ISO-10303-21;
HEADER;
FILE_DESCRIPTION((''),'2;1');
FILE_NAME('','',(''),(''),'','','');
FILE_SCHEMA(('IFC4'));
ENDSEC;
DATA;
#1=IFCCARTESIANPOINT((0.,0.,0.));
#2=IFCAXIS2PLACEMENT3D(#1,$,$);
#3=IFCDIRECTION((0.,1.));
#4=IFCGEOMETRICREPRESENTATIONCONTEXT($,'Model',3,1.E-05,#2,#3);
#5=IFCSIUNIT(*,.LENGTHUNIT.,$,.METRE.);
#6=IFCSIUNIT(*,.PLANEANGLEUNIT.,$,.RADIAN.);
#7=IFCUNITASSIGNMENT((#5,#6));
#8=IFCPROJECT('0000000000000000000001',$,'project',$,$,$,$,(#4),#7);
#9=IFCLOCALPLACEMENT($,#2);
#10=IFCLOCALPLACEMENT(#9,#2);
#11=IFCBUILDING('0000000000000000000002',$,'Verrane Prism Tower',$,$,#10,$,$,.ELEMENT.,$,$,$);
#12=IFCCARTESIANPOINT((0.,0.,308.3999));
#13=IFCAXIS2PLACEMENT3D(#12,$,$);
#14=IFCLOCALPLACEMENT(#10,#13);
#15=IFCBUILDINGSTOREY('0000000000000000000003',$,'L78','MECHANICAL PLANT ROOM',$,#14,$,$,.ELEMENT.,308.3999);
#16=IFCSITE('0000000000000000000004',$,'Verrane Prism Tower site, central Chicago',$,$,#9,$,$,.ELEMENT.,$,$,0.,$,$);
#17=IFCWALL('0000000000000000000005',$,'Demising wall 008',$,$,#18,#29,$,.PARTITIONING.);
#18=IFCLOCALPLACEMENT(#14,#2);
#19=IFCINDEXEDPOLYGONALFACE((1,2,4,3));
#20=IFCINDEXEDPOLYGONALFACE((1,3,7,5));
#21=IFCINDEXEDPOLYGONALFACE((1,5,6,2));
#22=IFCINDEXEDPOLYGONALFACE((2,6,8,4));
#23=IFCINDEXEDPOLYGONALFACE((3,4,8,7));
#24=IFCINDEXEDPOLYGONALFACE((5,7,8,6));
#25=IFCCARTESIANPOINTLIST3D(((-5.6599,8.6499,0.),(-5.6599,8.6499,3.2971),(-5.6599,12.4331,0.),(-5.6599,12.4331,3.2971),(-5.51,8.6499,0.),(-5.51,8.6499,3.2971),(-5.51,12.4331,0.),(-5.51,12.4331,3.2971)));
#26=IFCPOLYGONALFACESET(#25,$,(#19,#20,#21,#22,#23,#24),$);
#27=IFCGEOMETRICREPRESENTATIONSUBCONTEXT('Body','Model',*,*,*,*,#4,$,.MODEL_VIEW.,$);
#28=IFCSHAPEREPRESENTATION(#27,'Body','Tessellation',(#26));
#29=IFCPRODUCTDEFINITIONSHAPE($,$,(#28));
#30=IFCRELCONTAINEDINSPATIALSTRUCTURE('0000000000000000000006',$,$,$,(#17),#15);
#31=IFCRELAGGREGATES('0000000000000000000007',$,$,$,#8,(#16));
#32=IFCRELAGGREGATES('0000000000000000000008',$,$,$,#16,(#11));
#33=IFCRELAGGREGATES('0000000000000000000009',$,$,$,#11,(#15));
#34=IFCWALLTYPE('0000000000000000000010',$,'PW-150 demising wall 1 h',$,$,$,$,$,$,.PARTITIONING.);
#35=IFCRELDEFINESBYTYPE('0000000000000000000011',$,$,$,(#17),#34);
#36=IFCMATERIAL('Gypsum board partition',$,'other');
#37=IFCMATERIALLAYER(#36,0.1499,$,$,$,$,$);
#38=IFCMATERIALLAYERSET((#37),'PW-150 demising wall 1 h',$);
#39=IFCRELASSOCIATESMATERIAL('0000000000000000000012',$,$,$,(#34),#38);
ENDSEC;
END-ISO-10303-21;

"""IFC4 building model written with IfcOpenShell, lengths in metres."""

from ifc_helpers import new_model, si_unit, direction, frame, frame_2d, origin, place, context, subcontext, project, spatial, rectangle, extrude, material, layer, layer_set, type_object, element, save


model = new_model("IFC4")

# Units and contexts
model_context = context("Model", 3, precision=1e-05, world=origin(), true_north=direction((0.0, 1.0)))
body_context = subcontext(model_context, "Body", "Model", "MODEL_VIEW")
ifc_project = project(units=[si_unit("LENGTHUNIT", "METRE"), si_unit("PLANEANGLEUNIT", "RADIAN")], contexts=[model_context])

# Site, building, storey
site_placement = place(None, origin())
site = spatial("IfcSite", under=ifc_project, at=site_placement, Name="Verrane Prism Tower site, central Chicago", CompositionType="ELEMENT", RefElevation=0.0)
building_placement = place(site_placement, origin())
building = spatial("IfcBuilding", under=site, at=building_placement, Name="Verrane Prism Tower", CompositionType="ELEMENT")
storey_placement = place(building_placement, frame((0.0, 0.0, 308.3999)))
storey = spatial("IfcBuildingStorey", under=building, at=storey_placement, Name="L78", Description="MECHANICAL PLANT ROOM", CompositionType="ELEMENT", Elevation=308.3999)

# Wall
ifc_material_1 = material(Name="Gypsum board partition", Category="other")
ifc_layer_1 = layer(ifc_material_1, 0.1499)
ifc_layer_set_1 = layer_set([ifc_layer_1], Name="PW-150 demising wall 1 h")
wall_type_1 = type_object("IfcWallType", Name="PW-150 demising wall 1 h", PredefinedType="PARTITIONING", material=ifc_layer_set_1)
wall_1_placement = place(storey_placement, frame((-5.585, 8.6499, 0.0), z_axis=(0.0, 0.0, 1.0), x_axis=(0.0, 1.0, 0.0)))
element("IfcWall", 1, at=wall_1_placement, inside=storey, type_object=wall_type_1, Name="Demising wall 008", PredefinedType="PARTITIONING", context=body_context, shape_type="SweptSolid", body=[
    extrude(rectangle(XDim=3.7832, YDim=0.1499, at=frame_2d((1.8916, 0.0))), origin(), (0.0, 0.0, 1.0), 3.2971),
])

save(model, "model.ifc")
